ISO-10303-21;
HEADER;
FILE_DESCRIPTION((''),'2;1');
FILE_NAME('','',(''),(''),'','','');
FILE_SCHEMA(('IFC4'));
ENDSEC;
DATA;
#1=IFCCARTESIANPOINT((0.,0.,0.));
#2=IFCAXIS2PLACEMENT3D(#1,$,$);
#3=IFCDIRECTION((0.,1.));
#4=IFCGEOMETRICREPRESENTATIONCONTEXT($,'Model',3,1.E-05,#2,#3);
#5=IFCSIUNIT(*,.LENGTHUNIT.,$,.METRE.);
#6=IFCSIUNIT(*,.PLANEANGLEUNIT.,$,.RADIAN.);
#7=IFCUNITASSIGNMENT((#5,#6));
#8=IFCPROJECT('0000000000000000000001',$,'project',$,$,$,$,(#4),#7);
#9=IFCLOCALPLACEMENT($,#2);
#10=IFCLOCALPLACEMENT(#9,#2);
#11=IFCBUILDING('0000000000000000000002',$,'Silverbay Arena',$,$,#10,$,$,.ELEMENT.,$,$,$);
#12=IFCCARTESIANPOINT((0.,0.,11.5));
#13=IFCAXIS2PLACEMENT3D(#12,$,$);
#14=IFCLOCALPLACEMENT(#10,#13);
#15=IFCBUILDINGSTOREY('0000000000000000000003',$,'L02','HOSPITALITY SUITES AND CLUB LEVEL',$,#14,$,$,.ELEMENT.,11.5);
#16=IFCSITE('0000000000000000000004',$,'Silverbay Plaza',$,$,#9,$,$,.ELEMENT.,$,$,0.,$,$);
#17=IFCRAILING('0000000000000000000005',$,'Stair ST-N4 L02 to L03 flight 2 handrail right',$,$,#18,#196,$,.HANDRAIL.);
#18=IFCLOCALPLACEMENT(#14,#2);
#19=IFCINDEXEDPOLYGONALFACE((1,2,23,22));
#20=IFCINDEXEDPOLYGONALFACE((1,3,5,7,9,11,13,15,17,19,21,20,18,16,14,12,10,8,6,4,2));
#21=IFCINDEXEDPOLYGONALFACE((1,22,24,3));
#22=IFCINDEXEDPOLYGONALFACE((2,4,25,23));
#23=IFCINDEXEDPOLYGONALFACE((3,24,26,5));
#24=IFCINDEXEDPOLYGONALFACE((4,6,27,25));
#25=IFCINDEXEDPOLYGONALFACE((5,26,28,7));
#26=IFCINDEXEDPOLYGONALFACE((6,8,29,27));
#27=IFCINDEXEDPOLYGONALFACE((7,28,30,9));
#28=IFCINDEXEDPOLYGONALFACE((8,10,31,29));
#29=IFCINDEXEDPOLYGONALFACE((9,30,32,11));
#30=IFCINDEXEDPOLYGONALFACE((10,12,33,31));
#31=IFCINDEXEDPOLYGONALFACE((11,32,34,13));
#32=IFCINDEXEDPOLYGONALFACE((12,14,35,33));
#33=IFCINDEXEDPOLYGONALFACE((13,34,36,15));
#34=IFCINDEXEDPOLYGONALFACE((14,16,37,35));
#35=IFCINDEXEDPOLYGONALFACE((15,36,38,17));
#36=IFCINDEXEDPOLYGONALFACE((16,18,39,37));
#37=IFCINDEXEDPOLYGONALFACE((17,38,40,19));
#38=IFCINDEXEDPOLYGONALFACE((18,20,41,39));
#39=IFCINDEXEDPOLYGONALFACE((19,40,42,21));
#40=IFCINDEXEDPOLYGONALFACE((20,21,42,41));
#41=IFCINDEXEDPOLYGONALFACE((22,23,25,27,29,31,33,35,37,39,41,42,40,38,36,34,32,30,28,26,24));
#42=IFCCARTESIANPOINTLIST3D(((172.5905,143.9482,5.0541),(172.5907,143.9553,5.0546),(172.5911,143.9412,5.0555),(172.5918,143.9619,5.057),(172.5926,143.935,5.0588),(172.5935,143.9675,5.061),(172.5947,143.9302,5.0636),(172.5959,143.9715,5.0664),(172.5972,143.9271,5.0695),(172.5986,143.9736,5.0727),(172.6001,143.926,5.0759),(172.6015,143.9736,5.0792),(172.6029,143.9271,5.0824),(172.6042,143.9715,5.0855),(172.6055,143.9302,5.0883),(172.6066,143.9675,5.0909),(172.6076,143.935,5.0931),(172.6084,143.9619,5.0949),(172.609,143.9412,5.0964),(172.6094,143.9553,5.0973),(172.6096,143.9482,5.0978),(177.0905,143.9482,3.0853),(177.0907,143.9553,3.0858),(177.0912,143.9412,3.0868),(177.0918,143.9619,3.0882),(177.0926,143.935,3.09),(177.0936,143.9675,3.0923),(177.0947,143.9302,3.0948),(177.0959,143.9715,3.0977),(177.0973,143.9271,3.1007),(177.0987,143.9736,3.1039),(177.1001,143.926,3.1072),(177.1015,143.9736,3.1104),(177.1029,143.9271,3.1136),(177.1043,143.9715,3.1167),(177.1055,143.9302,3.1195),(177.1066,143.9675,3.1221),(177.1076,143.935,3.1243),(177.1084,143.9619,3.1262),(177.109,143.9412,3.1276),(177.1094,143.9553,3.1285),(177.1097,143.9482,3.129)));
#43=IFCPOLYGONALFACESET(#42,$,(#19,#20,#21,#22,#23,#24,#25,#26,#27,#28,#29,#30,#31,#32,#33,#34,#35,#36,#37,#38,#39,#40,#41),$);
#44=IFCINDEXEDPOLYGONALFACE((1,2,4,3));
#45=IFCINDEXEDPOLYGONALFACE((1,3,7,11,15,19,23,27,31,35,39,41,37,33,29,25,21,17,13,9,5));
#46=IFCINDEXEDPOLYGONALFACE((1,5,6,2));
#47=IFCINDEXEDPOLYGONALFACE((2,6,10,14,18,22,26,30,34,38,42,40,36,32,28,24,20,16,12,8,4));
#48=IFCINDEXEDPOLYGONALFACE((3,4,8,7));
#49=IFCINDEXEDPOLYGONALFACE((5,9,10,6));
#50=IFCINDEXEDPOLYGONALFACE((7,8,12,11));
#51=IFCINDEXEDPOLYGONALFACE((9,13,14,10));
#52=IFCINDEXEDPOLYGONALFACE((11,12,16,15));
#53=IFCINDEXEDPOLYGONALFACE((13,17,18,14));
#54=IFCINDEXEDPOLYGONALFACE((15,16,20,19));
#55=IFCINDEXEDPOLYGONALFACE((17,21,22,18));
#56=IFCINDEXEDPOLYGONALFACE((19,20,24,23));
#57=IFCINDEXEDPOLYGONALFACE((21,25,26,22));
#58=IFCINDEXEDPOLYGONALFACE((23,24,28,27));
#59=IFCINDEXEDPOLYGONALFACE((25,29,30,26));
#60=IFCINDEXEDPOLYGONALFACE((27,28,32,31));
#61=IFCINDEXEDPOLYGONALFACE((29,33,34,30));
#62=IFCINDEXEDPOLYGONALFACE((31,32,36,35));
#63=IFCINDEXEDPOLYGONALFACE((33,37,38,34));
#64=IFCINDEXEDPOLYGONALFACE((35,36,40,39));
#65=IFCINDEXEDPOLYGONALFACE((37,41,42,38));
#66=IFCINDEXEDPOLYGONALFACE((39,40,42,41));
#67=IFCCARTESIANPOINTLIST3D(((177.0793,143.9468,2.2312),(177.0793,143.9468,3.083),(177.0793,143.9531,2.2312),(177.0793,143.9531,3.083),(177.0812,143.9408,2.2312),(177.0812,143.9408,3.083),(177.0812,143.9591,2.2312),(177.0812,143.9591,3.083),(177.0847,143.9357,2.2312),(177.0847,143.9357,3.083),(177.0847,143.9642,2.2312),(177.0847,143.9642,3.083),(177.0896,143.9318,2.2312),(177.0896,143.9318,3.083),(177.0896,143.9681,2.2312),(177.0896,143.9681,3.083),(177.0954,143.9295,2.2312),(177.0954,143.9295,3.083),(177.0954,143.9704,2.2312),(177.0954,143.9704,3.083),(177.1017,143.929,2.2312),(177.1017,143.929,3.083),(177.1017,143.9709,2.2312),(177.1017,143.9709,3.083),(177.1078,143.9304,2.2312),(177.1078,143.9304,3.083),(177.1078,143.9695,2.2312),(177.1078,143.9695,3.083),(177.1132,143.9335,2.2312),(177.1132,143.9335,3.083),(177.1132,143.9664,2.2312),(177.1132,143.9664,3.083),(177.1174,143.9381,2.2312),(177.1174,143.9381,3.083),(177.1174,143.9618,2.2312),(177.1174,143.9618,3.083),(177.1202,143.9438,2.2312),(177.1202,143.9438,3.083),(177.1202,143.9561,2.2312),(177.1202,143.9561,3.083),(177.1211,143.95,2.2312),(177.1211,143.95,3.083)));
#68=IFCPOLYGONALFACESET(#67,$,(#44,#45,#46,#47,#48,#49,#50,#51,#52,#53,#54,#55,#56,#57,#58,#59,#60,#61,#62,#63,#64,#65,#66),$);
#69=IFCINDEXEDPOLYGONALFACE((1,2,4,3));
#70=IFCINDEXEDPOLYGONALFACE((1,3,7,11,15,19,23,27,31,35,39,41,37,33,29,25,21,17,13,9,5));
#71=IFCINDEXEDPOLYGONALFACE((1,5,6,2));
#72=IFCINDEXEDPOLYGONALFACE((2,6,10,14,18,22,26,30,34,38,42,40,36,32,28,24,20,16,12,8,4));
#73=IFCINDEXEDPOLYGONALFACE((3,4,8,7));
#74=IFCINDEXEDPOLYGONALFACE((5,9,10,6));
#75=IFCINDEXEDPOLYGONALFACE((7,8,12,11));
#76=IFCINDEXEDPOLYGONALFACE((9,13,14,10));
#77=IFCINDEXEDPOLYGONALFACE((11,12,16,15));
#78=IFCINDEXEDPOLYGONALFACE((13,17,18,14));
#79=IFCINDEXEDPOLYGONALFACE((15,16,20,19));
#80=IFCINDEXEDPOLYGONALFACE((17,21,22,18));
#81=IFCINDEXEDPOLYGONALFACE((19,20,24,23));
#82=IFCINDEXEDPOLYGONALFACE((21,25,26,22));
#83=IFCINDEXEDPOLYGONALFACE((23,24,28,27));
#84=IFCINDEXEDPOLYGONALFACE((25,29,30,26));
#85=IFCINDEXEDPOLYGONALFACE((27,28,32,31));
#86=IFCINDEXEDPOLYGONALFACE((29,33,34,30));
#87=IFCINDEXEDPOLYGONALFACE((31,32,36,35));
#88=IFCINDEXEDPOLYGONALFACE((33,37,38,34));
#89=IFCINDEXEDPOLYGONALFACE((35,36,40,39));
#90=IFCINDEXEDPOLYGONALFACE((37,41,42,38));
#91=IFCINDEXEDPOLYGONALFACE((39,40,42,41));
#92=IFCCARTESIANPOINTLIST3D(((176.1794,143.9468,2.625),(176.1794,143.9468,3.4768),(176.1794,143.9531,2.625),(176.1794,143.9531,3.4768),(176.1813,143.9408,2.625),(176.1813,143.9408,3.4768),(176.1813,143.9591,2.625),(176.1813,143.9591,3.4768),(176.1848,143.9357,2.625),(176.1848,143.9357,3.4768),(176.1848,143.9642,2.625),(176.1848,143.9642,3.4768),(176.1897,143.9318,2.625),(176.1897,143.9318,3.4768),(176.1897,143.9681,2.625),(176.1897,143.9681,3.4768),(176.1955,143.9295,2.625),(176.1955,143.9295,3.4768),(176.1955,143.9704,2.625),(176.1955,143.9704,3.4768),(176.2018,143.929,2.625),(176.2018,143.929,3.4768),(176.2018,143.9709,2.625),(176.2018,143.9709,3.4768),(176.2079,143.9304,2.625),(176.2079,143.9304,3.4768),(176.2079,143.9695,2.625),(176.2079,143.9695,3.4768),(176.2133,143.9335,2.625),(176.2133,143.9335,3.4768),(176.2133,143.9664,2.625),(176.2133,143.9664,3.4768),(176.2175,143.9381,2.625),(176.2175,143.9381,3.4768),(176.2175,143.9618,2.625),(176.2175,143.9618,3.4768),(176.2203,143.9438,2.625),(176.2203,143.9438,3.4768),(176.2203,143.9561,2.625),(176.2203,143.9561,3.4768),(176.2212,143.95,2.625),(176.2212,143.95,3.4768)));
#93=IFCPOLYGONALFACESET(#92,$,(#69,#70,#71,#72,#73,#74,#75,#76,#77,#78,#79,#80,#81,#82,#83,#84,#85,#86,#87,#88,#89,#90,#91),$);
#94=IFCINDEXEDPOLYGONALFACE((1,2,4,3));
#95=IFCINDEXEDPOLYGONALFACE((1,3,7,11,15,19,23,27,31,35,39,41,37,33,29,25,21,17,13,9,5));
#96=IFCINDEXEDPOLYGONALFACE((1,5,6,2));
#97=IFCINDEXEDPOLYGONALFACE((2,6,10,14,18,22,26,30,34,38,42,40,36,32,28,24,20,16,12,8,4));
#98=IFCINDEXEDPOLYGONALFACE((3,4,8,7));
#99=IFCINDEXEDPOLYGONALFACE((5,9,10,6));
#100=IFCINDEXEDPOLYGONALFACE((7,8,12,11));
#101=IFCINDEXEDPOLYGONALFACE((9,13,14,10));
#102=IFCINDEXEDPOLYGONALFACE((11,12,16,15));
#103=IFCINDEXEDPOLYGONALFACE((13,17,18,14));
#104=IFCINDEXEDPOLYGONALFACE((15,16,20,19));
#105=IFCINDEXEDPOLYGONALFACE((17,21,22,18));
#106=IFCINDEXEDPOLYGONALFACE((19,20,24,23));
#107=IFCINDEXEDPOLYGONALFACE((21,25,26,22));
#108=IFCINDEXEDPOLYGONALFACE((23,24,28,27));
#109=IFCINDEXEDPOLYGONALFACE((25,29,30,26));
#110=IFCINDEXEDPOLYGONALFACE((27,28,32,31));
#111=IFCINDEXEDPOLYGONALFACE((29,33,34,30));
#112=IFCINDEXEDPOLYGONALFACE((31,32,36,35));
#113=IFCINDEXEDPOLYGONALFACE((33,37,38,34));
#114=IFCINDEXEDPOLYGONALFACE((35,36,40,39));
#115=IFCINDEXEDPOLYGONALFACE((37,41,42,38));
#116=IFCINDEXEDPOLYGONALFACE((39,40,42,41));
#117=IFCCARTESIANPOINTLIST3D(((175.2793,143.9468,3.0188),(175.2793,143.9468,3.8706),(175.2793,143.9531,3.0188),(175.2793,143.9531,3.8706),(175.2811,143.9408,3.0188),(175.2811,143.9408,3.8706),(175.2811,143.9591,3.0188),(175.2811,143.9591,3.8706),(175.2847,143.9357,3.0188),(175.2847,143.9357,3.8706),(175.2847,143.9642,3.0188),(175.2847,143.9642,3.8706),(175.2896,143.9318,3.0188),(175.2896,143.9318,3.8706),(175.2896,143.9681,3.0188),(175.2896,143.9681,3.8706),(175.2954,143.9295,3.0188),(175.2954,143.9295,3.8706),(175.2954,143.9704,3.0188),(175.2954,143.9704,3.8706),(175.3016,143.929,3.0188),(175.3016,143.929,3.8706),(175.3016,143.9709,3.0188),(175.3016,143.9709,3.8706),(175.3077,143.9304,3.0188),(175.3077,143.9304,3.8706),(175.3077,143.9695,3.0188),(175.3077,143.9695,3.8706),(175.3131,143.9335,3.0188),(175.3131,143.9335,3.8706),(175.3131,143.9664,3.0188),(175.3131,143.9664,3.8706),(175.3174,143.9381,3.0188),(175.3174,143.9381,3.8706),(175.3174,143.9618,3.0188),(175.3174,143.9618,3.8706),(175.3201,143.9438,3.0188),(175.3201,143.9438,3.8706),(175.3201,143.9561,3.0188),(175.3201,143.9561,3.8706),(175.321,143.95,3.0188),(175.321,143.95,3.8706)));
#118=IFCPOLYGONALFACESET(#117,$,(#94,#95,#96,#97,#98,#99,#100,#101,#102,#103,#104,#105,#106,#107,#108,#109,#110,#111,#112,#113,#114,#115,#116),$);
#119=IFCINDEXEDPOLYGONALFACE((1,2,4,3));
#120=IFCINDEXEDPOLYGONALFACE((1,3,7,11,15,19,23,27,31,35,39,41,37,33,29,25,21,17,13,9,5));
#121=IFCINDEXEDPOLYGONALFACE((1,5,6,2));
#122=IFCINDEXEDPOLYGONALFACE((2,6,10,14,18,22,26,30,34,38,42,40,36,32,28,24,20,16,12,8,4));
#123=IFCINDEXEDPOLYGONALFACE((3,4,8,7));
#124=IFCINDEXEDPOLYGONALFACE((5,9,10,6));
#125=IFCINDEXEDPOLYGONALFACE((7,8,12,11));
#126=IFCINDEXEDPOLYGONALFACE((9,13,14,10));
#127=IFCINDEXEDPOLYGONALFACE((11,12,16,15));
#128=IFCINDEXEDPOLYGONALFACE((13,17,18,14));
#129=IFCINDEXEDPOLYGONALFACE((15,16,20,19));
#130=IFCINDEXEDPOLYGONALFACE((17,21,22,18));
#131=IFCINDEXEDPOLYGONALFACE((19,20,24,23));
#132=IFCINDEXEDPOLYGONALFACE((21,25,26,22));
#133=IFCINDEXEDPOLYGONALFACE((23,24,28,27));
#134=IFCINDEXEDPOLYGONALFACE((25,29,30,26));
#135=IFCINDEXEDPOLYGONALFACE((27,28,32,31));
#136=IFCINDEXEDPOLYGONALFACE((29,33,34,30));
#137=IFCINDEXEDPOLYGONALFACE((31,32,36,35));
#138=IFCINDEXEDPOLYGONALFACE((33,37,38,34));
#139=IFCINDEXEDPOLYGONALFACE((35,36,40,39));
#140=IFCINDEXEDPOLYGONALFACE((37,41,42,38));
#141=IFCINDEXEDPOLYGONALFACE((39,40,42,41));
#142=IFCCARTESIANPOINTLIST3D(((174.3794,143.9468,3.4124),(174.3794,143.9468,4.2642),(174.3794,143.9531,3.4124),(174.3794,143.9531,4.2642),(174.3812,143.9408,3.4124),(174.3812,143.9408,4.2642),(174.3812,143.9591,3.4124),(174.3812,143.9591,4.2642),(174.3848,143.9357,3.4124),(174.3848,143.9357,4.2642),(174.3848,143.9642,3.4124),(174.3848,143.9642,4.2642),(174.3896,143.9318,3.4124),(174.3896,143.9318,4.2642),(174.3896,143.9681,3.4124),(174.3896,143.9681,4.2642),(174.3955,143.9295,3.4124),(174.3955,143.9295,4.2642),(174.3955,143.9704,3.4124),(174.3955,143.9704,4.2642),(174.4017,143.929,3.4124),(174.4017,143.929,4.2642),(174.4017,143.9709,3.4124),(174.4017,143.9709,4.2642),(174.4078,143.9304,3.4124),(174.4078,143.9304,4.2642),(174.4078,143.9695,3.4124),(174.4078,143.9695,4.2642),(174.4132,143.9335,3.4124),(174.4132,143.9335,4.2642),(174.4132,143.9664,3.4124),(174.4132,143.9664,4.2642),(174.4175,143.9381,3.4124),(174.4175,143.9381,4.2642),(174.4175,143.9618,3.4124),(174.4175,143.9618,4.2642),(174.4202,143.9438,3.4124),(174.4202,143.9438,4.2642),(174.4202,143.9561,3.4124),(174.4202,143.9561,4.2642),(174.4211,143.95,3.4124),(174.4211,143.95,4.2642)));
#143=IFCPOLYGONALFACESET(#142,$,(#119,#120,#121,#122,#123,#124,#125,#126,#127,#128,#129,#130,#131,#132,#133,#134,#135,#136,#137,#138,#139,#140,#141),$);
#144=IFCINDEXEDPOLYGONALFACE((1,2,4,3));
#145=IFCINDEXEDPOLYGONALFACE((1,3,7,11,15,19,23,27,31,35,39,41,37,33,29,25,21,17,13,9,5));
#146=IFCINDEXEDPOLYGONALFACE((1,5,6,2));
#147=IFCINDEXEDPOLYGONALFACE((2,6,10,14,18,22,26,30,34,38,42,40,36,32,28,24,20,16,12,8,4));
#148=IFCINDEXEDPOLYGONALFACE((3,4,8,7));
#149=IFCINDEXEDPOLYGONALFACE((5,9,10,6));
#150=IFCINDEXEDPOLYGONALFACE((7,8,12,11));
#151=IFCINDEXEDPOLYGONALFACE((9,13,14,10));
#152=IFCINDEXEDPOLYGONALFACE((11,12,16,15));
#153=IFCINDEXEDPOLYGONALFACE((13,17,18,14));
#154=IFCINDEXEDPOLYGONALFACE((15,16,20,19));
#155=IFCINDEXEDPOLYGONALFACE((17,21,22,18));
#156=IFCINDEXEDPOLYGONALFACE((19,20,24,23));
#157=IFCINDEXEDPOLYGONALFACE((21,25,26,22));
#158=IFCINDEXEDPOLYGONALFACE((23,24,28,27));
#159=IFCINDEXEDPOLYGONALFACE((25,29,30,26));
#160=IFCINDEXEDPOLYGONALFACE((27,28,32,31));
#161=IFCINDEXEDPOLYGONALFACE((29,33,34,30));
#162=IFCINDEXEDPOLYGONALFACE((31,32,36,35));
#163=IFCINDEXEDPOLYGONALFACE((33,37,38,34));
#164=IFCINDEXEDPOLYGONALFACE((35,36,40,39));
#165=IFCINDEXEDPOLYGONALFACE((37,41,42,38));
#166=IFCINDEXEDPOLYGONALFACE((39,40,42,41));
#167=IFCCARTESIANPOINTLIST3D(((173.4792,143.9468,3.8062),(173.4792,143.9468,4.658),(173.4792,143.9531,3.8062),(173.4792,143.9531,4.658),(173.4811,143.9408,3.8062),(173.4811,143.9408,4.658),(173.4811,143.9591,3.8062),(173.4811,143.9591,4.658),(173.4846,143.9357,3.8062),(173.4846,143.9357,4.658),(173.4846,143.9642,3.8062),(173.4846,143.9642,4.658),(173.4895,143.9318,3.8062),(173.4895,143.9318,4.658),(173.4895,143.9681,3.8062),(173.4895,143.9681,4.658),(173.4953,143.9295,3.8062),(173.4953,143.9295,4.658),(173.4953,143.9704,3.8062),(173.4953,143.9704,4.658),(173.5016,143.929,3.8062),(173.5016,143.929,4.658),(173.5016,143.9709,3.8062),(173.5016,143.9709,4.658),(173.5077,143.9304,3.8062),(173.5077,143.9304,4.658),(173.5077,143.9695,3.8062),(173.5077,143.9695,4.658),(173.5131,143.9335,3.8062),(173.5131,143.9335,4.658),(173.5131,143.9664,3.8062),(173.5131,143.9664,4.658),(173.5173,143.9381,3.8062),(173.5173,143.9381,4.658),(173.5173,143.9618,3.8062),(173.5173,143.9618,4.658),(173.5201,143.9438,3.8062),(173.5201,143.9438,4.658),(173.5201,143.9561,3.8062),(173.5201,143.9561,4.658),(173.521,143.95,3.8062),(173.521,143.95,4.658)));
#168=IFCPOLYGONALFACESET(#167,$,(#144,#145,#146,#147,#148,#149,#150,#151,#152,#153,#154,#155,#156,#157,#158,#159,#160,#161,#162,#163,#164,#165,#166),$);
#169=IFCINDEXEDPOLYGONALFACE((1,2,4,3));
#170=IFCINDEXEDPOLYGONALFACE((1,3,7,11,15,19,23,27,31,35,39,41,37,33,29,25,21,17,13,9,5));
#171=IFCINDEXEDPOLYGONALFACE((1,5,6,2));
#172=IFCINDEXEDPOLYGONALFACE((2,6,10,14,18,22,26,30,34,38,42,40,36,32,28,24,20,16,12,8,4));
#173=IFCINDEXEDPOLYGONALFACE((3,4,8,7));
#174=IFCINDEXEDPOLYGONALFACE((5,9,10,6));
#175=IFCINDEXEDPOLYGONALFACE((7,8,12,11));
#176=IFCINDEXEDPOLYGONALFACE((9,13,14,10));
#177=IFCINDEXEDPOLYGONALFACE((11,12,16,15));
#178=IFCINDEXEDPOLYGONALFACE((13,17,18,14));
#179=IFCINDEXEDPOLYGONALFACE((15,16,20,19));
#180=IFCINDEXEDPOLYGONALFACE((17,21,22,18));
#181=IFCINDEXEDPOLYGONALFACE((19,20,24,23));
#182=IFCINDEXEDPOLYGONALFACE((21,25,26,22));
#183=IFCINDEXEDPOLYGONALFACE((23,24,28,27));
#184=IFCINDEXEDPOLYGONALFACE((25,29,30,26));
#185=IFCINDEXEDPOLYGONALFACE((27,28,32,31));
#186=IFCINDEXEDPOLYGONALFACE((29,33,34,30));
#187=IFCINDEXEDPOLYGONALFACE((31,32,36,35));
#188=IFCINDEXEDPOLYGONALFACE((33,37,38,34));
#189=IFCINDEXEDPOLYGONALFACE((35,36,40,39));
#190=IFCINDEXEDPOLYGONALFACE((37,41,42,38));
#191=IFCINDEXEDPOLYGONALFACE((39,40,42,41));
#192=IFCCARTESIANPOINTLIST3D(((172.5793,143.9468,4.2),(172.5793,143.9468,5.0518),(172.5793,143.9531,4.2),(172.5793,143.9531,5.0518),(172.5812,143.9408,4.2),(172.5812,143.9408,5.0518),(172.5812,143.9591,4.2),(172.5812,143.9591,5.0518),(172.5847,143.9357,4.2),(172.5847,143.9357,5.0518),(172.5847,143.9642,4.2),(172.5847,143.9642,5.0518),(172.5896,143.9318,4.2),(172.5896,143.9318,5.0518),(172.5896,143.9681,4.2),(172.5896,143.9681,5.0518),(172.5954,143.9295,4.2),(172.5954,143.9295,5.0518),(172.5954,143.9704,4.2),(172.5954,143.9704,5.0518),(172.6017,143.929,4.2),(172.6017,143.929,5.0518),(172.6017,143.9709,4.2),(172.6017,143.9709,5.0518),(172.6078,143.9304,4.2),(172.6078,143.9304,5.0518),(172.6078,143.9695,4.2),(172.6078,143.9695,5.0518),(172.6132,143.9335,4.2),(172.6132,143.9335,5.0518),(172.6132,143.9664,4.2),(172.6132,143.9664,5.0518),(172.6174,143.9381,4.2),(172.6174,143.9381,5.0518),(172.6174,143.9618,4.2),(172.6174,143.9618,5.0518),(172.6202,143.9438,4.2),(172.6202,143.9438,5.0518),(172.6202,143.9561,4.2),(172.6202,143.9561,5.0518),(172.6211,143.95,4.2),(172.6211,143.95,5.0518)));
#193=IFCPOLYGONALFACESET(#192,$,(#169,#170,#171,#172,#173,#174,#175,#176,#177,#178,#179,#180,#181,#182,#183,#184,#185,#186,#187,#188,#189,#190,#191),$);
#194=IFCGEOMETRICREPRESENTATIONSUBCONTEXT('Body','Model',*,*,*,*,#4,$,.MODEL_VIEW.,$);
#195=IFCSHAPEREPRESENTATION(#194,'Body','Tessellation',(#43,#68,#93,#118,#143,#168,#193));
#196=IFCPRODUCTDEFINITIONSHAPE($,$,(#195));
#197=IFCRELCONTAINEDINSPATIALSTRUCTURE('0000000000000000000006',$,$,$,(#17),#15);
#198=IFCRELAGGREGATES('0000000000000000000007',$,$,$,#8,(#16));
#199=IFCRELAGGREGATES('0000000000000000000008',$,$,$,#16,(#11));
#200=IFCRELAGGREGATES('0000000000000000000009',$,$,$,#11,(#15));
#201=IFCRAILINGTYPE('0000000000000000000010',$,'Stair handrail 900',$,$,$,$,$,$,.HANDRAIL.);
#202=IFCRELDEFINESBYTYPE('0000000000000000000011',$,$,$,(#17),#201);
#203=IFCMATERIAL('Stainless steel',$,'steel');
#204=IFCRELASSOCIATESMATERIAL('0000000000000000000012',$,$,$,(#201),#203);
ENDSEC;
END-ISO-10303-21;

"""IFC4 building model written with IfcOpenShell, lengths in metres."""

from ifc_helpers import new_model, si_unit, direction, frame, origin, origin_2d, place, context, subcontext, project, spatial, circle, extrude, material, type_object, element, save


model = new_model("IFC4")

# Units and contexts
model_context = context("Model", 3, precision=1e-05, world=origin(), true_north=direction((0.0, 1.0)))
body_context = subcontext(model_context, "Body", "Model", "MODEL_VIEW")
ifc_project = project(units=[si_unit("LENGTHUNIT", "METRE"), si_unit("PLANEANGLEUNIT", "RADIAN")], contexts=[model_context])

# Site, building, storey
site_placement = place(None, origin())
site = spatial("IfcSite", under=ifc_project, at=site_placement, Name="Silverbay Plaza", CompositionType="ELEMENT", RefElevation=0.0)
building_placement = place(site_placement, origin())
building = spatial("IfcBuilding", under=site, at=building_placement, Name="Silverbay Arena", CompositionType="ELEMENT")
storey_placement = place(building_placement, frame((0.0, 0.0, 11.5)))
storey = spatial("IfcBuildingStorey", under=building, at=storey_placement, Name="L02", Description="HOSPITALITY SUITES AND CLUB LEVEL", CompositionType="ELEMENT", Elevation=11.5)

# Railing
ifc_material_1 = material(Name="Stainless steel", Category="steel")
railing_type_1 = type_object("IfcRailingType", Name="Stair handrail 900", PredefinedType="HANDRAIL", material=ifc_material_1)
for number, where, name in (
    (1, (177.1001, 143.95, 2.2312), "Stair ST-N4 L02 to L03 flight 2 handrail right"),
):
    element("IfcRailing", number, at=place(storey_placement, frame(where)), inside=storey, type_object=railing_type_1, Name=name, PredefinedType="HANDRAIL", context=body_context, shape_type="SweptSolid", body=[
        extrude(circle(Radius=0.0239, at=origin_2d()), frame((0.0, 0.0, 0.876), z_axis=(-0.916157, 0.0, 0.400819), x_axis=(0.0, -1.0, 0.0)), (0.0, 0.0, 1.0), 4.9119),
        extrude(circle(Radius=0.021, at=origin_2d()), origin(), (0.0, 0.0, 1.0), 0.8518),
        extrude(circle(Radius=0.021, at=origin_2d()), frame((-0.8999, 0.0, 0.3938)), (0.0, 0.0, 1.0), 0.8518),
        extrude(circle(Radius=0.021, at=origin_2d()), frame((-1.8, 0.0, 0.7876)), (0.0, 0.0, 1.0), 0.8518),
        extrude(circle(Radius=0.021, at=origin_2d()), frame((-2.7, 0.0, 1.1812)), (0.0, 0.0, 1.0), 0.8518),
        extrude(circle(Radius=0.021, at=origin_2d()), frame((-3.6001, 0.0, 1.575)), (0.0, 0.0, 1.0), 0.8518),
        extrude(circle(Radius=0.021, at=origin_2d()), frame((-4.5, 0.0, 1.9688)), (0.0, 0.0, 1.0), 0.8518),
    ])

save(model, "model.ifc")
